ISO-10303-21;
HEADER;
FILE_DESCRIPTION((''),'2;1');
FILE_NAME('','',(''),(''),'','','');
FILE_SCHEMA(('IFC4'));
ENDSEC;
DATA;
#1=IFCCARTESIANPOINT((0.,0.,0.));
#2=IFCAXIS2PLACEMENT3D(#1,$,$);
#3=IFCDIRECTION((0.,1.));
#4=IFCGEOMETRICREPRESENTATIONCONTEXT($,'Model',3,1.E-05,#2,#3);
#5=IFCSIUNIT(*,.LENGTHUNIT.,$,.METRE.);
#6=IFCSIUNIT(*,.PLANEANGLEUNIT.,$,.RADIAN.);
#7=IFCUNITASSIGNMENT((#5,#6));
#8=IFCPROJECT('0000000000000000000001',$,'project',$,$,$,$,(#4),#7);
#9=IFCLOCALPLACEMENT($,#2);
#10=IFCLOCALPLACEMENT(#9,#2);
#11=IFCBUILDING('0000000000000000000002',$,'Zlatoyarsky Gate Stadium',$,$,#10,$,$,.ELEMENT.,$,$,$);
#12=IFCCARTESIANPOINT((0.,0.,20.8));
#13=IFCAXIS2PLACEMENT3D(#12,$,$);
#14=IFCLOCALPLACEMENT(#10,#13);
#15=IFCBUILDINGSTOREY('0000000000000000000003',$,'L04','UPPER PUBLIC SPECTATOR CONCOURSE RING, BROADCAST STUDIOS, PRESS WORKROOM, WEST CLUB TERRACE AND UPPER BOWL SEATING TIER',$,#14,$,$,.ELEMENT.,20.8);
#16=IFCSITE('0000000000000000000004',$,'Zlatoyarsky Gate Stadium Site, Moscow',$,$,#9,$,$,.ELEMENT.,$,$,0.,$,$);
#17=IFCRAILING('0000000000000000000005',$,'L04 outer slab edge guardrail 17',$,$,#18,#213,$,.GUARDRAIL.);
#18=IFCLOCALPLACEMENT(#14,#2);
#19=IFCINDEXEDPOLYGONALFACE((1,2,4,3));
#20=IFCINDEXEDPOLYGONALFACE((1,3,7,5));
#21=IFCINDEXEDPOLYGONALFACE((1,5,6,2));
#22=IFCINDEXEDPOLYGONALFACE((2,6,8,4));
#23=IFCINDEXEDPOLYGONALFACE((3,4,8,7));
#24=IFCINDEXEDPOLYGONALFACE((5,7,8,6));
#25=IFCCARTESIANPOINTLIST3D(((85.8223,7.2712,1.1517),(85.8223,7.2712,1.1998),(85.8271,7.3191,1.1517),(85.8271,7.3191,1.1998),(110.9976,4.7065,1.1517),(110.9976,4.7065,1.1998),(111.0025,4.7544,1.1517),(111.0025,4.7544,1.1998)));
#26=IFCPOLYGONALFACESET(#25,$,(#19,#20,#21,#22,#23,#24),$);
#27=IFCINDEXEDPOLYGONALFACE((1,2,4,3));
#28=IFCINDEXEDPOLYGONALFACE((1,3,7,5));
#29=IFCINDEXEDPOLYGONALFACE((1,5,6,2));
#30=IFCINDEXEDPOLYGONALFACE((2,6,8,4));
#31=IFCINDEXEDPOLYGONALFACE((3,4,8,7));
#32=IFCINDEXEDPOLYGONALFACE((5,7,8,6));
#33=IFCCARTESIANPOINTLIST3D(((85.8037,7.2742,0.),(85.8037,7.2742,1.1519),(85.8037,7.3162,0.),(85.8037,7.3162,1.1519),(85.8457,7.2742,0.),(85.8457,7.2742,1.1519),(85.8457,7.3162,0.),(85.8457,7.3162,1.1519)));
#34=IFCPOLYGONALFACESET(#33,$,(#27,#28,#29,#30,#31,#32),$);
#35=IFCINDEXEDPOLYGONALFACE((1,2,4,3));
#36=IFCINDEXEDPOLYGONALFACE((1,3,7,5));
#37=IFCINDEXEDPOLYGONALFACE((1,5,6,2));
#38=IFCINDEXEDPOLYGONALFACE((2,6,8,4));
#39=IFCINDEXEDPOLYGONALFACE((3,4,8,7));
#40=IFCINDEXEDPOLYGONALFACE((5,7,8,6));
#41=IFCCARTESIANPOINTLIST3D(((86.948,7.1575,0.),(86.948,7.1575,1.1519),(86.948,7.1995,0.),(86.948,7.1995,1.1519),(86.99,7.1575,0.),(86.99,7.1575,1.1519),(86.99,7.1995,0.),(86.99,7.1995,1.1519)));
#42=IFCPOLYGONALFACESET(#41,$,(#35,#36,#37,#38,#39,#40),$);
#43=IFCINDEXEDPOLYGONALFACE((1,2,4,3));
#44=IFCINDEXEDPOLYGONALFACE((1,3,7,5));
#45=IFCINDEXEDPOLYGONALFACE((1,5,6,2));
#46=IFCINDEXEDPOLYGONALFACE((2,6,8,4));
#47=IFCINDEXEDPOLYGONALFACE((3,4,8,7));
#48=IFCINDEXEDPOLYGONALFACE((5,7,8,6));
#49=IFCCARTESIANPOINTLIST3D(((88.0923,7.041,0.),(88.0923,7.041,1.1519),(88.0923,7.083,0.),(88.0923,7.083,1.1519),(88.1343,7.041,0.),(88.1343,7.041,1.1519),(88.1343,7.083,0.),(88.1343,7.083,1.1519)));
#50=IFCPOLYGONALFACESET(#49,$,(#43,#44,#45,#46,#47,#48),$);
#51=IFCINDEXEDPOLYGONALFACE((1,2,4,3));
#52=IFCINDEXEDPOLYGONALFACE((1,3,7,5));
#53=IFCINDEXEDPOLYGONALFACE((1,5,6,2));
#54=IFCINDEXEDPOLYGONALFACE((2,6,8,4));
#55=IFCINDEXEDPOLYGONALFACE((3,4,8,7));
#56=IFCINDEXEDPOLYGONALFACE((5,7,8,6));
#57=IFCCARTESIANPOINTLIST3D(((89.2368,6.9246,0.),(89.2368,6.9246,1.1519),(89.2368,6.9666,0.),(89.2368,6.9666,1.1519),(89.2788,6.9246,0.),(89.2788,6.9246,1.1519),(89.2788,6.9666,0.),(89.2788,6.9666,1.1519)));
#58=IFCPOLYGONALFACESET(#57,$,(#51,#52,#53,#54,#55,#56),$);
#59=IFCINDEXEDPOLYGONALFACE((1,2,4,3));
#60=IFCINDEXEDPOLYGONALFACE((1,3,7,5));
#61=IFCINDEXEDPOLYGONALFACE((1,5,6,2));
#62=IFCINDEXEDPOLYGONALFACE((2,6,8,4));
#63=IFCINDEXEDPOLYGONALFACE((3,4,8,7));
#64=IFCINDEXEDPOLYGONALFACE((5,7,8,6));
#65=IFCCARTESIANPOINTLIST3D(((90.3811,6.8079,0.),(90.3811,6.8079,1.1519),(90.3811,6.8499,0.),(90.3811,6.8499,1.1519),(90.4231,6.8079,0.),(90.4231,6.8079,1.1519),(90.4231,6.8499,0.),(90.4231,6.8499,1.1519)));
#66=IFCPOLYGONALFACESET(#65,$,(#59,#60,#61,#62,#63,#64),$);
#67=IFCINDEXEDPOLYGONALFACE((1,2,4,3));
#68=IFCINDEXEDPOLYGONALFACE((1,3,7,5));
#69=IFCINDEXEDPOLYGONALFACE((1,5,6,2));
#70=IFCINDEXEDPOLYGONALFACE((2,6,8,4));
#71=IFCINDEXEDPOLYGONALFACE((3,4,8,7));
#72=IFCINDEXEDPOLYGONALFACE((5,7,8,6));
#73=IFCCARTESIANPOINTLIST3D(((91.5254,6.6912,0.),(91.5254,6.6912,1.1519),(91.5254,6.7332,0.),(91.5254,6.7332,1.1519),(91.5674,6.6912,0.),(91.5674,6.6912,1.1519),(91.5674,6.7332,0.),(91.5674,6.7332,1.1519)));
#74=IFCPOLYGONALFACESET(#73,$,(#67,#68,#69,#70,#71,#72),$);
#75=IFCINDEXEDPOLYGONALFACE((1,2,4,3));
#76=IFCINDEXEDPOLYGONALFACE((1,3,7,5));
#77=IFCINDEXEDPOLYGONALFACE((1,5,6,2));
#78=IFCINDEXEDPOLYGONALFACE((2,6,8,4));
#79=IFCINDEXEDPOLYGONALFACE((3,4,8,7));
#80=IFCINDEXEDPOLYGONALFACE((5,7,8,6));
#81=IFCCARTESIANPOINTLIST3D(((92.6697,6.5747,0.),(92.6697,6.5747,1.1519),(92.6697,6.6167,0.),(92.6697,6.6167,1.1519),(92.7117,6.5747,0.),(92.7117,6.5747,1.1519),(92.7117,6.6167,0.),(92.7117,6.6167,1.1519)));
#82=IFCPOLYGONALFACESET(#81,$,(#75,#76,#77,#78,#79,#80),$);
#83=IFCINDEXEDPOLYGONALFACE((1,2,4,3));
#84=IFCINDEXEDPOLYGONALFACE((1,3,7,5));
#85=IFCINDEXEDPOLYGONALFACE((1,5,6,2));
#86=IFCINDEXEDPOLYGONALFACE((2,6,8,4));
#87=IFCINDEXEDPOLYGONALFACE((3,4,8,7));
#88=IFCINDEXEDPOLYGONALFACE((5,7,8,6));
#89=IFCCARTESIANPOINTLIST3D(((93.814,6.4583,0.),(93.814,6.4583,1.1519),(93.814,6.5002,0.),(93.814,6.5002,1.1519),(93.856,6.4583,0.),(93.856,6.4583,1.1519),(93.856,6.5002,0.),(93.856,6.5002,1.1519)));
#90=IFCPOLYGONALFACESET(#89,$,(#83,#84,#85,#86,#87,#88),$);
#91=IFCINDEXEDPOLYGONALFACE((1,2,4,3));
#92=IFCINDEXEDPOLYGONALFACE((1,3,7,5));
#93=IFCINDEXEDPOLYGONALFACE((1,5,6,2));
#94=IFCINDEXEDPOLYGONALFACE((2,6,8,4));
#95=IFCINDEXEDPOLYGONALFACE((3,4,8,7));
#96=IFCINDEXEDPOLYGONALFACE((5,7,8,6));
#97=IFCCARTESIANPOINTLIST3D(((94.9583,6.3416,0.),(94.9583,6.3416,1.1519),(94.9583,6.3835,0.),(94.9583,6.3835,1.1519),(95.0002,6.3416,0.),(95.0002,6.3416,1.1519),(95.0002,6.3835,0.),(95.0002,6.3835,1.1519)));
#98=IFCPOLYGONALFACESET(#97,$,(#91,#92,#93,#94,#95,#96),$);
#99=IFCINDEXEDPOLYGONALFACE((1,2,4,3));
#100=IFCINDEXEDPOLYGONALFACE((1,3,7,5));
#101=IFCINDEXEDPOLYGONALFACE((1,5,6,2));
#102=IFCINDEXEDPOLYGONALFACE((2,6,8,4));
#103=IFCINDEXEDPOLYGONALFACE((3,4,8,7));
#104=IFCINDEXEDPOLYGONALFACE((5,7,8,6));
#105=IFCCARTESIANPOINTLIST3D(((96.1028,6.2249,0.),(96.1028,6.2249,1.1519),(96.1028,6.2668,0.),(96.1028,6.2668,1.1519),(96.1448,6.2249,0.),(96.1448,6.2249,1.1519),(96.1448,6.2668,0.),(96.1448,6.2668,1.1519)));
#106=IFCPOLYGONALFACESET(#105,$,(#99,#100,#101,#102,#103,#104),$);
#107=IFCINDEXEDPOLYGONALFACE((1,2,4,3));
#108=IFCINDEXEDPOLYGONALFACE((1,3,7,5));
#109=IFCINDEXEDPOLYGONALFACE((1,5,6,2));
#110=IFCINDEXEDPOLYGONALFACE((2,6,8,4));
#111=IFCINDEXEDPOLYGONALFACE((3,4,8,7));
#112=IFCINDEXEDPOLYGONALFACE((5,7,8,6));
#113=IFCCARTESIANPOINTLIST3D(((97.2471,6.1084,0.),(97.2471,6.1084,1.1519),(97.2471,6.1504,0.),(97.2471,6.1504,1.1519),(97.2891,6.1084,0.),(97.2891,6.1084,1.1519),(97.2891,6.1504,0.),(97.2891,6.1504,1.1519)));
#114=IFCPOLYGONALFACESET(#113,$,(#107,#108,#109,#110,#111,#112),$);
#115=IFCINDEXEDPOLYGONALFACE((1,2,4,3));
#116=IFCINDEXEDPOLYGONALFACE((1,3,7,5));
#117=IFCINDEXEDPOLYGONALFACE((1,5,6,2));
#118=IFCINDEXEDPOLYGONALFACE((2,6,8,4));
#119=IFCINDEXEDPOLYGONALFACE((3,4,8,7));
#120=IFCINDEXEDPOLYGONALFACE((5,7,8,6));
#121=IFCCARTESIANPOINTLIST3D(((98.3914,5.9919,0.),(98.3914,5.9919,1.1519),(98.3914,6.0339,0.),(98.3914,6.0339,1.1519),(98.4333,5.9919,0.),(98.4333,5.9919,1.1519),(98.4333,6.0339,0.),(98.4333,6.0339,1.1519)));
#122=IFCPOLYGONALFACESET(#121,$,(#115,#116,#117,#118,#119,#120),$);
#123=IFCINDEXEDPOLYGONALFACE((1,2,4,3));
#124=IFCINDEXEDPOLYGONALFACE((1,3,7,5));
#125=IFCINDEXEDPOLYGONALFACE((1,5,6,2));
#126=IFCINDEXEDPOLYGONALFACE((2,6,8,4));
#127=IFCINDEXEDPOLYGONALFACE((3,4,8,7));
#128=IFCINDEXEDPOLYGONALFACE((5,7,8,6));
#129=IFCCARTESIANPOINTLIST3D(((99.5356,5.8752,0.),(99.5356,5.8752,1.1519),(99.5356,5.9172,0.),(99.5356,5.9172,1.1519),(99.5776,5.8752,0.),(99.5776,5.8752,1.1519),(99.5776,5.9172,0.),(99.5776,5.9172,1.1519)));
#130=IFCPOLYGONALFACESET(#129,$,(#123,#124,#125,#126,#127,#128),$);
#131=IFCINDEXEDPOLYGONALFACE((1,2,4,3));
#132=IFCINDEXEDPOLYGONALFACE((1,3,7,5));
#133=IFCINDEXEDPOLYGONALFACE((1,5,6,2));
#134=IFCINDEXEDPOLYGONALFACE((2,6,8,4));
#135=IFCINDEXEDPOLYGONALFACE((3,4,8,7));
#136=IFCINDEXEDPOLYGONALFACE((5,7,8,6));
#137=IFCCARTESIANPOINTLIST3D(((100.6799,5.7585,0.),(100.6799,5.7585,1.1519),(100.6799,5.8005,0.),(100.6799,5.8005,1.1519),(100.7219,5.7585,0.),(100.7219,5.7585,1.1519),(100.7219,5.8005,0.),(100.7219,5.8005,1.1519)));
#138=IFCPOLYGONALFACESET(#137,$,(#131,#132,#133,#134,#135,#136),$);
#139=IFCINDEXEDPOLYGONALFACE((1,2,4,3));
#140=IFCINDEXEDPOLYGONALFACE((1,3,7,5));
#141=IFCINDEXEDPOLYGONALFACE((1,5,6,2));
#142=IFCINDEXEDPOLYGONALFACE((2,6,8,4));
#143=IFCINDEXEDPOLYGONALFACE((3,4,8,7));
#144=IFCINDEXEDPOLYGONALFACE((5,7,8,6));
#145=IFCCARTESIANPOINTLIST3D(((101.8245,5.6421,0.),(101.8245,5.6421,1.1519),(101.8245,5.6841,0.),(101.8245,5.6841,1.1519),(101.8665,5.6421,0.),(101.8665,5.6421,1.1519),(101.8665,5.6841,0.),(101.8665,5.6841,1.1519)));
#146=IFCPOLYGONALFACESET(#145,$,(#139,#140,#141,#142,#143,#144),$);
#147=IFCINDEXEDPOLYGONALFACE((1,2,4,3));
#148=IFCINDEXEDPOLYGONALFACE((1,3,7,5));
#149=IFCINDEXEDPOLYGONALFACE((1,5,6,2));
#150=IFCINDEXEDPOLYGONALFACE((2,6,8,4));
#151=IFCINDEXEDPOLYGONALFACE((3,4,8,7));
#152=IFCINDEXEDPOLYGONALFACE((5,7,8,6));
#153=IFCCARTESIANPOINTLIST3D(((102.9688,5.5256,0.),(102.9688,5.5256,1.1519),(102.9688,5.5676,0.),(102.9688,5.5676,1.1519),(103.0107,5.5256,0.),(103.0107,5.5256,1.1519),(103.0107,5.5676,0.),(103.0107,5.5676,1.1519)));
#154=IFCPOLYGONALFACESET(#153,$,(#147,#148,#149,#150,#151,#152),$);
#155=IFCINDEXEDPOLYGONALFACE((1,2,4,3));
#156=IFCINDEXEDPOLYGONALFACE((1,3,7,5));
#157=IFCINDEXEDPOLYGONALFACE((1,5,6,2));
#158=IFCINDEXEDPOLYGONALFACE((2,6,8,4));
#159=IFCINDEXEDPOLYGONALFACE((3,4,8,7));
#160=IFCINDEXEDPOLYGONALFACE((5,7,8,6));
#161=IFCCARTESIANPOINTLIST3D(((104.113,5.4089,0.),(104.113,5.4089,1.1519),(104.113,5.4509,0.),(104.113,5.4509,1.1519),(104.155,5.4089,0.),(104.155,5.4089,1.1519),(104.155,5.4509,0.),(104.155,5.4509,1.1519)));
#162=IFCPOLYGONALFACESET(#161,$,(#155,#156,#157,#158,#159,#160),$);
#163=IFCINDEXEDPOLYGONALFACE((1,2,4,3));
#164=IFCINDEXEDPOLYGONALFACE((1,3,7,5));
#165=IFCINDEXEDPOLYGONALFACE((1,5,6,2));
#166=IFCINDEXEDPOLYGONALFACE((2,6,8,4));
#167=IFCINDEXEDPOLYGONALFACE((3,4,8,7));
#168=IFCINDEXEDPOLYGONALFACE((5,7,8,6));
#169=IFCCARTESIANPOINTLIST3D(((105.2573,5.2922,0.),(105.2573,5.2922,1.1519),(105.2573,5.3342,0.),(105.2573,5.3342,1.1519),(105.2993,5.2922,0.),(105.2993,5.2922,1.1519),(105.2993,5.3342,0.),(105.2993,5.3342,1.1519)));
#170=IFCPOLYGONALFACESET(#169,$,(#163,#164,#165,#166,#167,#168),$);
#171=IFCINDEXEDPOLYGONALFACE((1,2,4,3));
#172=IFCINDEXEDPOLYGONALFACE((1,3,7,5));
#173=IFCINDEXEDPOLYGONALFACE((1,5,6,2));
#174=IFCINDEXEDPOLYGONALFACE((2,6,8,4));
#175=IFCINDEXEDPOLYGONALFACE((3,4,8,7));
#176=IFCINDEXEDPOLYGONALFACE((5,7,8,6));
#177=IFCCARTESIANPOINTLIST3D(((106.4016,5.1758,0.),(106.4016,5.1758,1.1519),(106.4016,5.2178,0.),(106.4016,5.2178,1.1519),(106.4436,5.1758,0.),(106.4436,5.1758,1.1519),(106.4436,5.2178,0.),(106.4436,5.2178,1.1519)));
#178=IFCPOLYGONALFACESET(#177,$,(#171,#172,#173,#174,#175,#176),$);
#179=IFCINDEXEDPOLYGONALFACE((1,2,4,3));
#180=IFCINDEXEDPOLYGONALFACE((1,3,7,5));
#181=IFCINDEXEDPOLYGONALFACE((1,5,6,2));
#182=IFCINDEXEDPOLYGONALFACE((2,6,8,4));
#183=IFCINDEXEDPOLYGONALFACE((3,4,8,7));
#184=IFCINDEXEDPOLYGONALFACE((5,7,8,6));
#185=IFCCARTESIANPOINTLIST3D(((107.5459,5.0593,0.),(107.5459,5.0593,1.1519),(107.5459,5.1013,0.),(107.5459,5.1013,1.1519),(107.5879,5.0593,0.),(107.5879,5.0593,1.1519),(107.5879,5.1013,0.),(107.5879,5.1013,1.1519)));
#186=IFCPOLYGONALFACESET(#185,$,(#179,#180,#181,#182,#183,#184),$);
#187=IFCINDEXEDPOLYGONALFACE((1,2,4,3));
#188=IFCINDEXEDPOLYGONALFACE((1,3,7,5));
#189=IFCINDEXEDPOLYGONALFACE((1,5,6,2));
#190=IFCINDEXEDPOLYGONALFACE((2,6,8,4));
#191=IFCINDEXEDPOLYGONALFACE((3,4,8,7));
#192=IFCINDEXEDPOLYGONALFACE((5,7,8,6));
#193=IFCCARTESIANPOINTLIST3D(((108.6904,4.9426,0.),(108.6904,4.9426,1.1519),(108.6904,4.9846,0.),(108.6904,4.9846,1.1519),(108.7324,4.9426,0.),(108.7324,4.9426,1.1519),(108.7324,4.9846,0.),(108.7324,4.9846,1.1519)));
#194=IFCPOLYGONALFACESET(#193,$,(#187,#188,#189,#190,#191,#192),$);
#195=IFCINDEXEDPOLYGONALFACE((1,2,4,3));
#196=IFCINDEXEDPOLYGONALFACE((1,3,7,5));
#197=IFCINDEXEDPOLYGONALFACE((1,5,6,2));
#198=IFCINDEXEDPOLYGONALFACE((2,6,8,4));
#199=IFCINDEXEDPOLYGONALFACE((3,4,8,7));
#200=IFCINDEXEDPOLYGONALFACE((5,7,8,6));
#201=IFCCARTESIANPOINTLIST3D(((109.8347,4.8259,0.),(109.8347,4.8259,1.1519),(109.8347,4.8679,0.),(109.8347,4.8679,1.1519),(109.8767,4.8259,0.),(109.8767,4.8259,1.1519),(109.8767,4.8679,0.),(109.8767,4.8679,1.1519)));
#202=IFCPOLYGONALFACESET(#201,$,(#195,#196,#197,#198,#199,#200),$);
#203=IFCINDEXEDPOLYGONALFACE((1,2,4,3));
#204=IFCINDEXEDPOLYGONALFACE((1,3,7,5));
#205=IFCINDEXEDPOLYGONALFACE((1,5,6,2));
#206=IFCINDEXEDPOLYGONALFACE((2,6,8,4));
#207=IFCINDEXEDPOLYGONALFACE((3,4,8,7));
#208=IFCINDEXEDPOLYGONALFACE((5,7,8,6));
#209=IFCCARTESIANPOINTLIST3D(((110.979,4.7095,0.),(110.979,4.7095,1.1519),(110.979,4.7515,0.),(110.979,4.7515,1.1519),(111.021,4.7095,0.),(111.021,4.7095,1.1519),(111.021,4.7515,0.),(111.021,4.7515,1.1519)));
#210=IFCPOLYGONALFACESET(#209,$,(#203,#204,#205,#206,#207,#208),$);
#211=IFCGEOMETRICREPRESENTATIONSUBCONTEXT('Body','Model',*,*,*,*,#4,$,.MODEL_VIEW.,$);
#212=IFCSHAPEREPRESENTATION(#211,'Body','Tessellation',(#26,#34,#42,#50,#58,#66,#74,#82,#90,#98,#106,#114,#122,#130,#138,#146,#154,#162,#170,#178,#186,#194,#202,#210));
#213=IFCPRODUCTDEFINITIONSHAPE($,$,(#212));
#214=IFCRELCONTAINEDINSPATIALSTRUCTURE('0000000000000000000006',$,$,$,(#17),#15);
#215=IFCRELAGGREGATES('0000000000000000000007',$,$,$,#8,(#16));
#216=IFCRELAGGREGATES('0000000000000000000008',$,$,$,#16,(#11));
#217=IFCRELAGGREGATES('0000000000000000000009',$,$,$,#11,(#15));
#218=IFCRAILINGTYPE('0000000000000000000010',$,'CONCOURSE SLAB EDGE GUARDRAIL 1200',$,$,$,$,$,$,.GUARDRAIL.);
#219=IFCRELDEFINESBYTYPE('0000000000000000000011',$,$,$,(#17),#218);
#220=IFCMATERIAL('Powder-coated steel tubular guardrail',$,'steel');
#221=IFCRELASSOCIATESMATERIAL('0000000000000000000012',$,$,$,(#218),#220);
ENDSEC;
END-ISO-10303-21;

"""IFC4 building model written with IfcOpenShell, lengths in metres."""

from ifc_helpers import new_model, si_unit, direction, frame, origin, origin_2d, place, context, subcontext, project, spatial, rectangle, extrude, material, type_object, element, save


model = new_model("IFC4")

# Units and contexts
model_context = context("Model", 3, precision=1e-05, world=origin(), true_north=direction((0.0, 1.0)))
body_context = subcontext(model_context, "Body", "Model", "MODEL_VIEW")
ifc_project = project(units=[si_unit("LENGTHUNIT", "METRE"), si_unit("PLANEANGLEUNIT", "RADIAN")], contexts=[model_context])

# Site, building, storey
site_placement = place(None, origin())
site = spatial("IfcSite", under=ifc_project, at=site_placement, Name="Zlatoyarsky Gate Stadium Site, Moscow", CompositionType="ELEMENT", RefElevation=0.0)
building_placement = place(site_placement, origin())
building = spatial("IfcBuilding", under=site, at=building_placement, Name="Zlatoyarsky Gate Stadium", CompositionType="ELEMENT")
storey_placement = place(building_placement, frame((0.0, 0.0, 20.8)))
storey = spatial("IfcBuildingStorey", under=building, at=storey_placement, Name="L04", Description="UPPER PUBLIC SPECTATOR CONCOURSE RING, BROADCAST STUDIOS, PRESS WORKROOM, WEST CLUB TERRACE AND UPPER BOWL SEATING TIER", CompositionType="ELEMENT", Elevation=20.8)

# Railing
ifc_material_1 = material(Name="Powder-coated steel tubular guardrail", Category="steel")
railing_type = type_object("IfcRailingType", Name="CONCOURSE SLAB EDGE GUARDRAIL 1200", PredefinedType="GUARDRAIL", material=ifc_material_1)
railing_placement = place(storey_placement, frame((85.8247, 7.2952, 0.0)))
element("IfcRailing", 1, at=railing_placement, inside=storey, type_object=railing_type, Name="L04 outer slab edge guardrail 17", PredefinedType="GUARDRAIL", context=body_context, shape_type="SweptSolid", body=[
    extrude(rectangle(XDim=0.0481, YDim=0.0481, at=origin_2d()), frame((0.0, 0.0, 1.1758), z_axis=(0.994851, -0.101349, 0.0), x_axis=(0.101349, 0.994851, 0.0)), (0.0, 0.0, 1.0), 25.3057),
    extrude(rectangle(XDim=0.042, YDim=0.042, at=origin_2d()), origin(), (0.0, 0.0, 1.0), 1.1519),
    extrude(rectangle(XDim=0.042, YDim=0.042, at=origin_2d()), frame((1.1443, -0.1167, 0.0)), (0.0, 0.0, 1.0), 1.1519),
    extrude(rectangle(XDim=0.042, YDim=0.042, at=origin_2d()), frame((2.2886, -0.2332, 0.0)), (0.0, 0.0, 1.0), 1.1519),
    extrude(rectangle(XDim=0.042, YDim=0.042, at=origin_2d()), frame((3.4331, -0.3496, 0.0)), (0.0, 0.0, 1.0), 1.1519),
    extrude(rectangle(XDim=0.042, YDim=0.042, at=origin_2d()), frame((4.5774, -0.4663, 0.0)), (0.0, 0.0, 1.0), 1.1519),
    extrude(rectangle(XDim=0.042, YDim=0.042, at=origin_2d()), frame((5.7217, -0.583, 0.0)), (0.0, 0.0, 1.0), 1.1519),
    extrude(rectangle(XDim=0.042, YDim=0.042, at=origin_2d()), frame((6.866, -0.6995, 0.0)), (0.0, 0.0, 1.0), 1.1519),
    extrude(rectangle(XDim=0.042, YDim=0.042, at=origin_2d()), frame((8.0103, -0.8159, 0.0)), (0.0, 0.0, 1.0), 1.1519),
    extrude(rectangle(XDim=0.042, YDim=0.042, at=origin_2d()), frame((9.1545, -0.9326, 0.0)), (0.0, 0.0, 1.0), 1.1519),
    extrude(rectangle(XDim=0.042, YDim=0.042, at=origin_2d()), frame((10.2991, -1.0493, 0.0)), (0.0, 0.0, 1.0), 1.1519),
    extrude(rectangle(XDim=0.042, YDim=0.042, at=origin_2d()), frame((11.4434, -1.1658, 0.0)), (0.0, 0.0, 1.0), 1.1519),
    extrude(rectangle(XDim=0.042, YDim=0.042, at=origin_2d()), frame((12.5876, -1.2822, 0.0)), (0.0, 0.0, 1.0), 1.1519),
    extrude(rectangle(XDim=0.042, YDim=0.042, at=origin_2d()), frame((13.7319, -1.3989, 0.0)), (0.0, 0.0, 1.0), 1.1519),
    extrude(rectangle(XDim=0.042, YDim=0.042, at=origin_2d()), frame((14.8762, -1.5156, 0.0)), (0.0, 0.0, 1.0), 1.1519),
    extrude(rectangle(XDim=0.042, YDim=0.042, at=origin_2d()), frame((16.0208, -1.6321, 0.0)), (0.0, 0.0, 1.0), 1.1519),
    extrude(rectangle(XDim=0.042, YDim=0.042, at=origin_2d()), frame((17.165, -1.7485, 0.0)), (0.0, 0.0, 1.0), 1.1519),
    extrude(rectangle(XDim=0.042, YDim=0.042, at=origin_2d()), frame((18.3093, -1.8652, 0.0)), (0.0, 0.0, 1.0), 1.1519),
    extrude(rectangle(XDim=0.042, YDim=0.042, at=origin_2d()), frame((19.4536, -1.9819, 0.0)), (0.0, 0.0, 1.0), 1.1519),
    extrude(rectangle(XDim=0.042, YDim=0.042, at=origin_2d()), frame((20.5979, -2.0984, 0.0)), (0.0, 0.0, 1.0), 1.1519),
    extrude(rectangle(XDim=0.042, YDim=0.042, at=origin_2d()), frame((21.7422, -2.2148, 0.0)), (0.0, 0.0, 1.0), 1.1519),
    extrude(rectangle(XDim=0.042, YDim=0.042, at=origin_2d()), frame((22.8867, -2.3315, 0.0)), (0.0, 0.0, 1.0), 1.1519),
    extrude(rectangle(XDim=0.042, YDim=0.042, at=origin_2d()), frame((24.031, -2.4482, 0.0)), (0.0, 0.0, 1.0), 1.1519),
    extrude(rectangle(XDim=0.042, YDim=0.042, at=origin_2d()), frame((25.1753, -2.5647, 0.0)), (0.0, 0.0, 1.0), 1.1519),
])

save(model, "model.ifc")
